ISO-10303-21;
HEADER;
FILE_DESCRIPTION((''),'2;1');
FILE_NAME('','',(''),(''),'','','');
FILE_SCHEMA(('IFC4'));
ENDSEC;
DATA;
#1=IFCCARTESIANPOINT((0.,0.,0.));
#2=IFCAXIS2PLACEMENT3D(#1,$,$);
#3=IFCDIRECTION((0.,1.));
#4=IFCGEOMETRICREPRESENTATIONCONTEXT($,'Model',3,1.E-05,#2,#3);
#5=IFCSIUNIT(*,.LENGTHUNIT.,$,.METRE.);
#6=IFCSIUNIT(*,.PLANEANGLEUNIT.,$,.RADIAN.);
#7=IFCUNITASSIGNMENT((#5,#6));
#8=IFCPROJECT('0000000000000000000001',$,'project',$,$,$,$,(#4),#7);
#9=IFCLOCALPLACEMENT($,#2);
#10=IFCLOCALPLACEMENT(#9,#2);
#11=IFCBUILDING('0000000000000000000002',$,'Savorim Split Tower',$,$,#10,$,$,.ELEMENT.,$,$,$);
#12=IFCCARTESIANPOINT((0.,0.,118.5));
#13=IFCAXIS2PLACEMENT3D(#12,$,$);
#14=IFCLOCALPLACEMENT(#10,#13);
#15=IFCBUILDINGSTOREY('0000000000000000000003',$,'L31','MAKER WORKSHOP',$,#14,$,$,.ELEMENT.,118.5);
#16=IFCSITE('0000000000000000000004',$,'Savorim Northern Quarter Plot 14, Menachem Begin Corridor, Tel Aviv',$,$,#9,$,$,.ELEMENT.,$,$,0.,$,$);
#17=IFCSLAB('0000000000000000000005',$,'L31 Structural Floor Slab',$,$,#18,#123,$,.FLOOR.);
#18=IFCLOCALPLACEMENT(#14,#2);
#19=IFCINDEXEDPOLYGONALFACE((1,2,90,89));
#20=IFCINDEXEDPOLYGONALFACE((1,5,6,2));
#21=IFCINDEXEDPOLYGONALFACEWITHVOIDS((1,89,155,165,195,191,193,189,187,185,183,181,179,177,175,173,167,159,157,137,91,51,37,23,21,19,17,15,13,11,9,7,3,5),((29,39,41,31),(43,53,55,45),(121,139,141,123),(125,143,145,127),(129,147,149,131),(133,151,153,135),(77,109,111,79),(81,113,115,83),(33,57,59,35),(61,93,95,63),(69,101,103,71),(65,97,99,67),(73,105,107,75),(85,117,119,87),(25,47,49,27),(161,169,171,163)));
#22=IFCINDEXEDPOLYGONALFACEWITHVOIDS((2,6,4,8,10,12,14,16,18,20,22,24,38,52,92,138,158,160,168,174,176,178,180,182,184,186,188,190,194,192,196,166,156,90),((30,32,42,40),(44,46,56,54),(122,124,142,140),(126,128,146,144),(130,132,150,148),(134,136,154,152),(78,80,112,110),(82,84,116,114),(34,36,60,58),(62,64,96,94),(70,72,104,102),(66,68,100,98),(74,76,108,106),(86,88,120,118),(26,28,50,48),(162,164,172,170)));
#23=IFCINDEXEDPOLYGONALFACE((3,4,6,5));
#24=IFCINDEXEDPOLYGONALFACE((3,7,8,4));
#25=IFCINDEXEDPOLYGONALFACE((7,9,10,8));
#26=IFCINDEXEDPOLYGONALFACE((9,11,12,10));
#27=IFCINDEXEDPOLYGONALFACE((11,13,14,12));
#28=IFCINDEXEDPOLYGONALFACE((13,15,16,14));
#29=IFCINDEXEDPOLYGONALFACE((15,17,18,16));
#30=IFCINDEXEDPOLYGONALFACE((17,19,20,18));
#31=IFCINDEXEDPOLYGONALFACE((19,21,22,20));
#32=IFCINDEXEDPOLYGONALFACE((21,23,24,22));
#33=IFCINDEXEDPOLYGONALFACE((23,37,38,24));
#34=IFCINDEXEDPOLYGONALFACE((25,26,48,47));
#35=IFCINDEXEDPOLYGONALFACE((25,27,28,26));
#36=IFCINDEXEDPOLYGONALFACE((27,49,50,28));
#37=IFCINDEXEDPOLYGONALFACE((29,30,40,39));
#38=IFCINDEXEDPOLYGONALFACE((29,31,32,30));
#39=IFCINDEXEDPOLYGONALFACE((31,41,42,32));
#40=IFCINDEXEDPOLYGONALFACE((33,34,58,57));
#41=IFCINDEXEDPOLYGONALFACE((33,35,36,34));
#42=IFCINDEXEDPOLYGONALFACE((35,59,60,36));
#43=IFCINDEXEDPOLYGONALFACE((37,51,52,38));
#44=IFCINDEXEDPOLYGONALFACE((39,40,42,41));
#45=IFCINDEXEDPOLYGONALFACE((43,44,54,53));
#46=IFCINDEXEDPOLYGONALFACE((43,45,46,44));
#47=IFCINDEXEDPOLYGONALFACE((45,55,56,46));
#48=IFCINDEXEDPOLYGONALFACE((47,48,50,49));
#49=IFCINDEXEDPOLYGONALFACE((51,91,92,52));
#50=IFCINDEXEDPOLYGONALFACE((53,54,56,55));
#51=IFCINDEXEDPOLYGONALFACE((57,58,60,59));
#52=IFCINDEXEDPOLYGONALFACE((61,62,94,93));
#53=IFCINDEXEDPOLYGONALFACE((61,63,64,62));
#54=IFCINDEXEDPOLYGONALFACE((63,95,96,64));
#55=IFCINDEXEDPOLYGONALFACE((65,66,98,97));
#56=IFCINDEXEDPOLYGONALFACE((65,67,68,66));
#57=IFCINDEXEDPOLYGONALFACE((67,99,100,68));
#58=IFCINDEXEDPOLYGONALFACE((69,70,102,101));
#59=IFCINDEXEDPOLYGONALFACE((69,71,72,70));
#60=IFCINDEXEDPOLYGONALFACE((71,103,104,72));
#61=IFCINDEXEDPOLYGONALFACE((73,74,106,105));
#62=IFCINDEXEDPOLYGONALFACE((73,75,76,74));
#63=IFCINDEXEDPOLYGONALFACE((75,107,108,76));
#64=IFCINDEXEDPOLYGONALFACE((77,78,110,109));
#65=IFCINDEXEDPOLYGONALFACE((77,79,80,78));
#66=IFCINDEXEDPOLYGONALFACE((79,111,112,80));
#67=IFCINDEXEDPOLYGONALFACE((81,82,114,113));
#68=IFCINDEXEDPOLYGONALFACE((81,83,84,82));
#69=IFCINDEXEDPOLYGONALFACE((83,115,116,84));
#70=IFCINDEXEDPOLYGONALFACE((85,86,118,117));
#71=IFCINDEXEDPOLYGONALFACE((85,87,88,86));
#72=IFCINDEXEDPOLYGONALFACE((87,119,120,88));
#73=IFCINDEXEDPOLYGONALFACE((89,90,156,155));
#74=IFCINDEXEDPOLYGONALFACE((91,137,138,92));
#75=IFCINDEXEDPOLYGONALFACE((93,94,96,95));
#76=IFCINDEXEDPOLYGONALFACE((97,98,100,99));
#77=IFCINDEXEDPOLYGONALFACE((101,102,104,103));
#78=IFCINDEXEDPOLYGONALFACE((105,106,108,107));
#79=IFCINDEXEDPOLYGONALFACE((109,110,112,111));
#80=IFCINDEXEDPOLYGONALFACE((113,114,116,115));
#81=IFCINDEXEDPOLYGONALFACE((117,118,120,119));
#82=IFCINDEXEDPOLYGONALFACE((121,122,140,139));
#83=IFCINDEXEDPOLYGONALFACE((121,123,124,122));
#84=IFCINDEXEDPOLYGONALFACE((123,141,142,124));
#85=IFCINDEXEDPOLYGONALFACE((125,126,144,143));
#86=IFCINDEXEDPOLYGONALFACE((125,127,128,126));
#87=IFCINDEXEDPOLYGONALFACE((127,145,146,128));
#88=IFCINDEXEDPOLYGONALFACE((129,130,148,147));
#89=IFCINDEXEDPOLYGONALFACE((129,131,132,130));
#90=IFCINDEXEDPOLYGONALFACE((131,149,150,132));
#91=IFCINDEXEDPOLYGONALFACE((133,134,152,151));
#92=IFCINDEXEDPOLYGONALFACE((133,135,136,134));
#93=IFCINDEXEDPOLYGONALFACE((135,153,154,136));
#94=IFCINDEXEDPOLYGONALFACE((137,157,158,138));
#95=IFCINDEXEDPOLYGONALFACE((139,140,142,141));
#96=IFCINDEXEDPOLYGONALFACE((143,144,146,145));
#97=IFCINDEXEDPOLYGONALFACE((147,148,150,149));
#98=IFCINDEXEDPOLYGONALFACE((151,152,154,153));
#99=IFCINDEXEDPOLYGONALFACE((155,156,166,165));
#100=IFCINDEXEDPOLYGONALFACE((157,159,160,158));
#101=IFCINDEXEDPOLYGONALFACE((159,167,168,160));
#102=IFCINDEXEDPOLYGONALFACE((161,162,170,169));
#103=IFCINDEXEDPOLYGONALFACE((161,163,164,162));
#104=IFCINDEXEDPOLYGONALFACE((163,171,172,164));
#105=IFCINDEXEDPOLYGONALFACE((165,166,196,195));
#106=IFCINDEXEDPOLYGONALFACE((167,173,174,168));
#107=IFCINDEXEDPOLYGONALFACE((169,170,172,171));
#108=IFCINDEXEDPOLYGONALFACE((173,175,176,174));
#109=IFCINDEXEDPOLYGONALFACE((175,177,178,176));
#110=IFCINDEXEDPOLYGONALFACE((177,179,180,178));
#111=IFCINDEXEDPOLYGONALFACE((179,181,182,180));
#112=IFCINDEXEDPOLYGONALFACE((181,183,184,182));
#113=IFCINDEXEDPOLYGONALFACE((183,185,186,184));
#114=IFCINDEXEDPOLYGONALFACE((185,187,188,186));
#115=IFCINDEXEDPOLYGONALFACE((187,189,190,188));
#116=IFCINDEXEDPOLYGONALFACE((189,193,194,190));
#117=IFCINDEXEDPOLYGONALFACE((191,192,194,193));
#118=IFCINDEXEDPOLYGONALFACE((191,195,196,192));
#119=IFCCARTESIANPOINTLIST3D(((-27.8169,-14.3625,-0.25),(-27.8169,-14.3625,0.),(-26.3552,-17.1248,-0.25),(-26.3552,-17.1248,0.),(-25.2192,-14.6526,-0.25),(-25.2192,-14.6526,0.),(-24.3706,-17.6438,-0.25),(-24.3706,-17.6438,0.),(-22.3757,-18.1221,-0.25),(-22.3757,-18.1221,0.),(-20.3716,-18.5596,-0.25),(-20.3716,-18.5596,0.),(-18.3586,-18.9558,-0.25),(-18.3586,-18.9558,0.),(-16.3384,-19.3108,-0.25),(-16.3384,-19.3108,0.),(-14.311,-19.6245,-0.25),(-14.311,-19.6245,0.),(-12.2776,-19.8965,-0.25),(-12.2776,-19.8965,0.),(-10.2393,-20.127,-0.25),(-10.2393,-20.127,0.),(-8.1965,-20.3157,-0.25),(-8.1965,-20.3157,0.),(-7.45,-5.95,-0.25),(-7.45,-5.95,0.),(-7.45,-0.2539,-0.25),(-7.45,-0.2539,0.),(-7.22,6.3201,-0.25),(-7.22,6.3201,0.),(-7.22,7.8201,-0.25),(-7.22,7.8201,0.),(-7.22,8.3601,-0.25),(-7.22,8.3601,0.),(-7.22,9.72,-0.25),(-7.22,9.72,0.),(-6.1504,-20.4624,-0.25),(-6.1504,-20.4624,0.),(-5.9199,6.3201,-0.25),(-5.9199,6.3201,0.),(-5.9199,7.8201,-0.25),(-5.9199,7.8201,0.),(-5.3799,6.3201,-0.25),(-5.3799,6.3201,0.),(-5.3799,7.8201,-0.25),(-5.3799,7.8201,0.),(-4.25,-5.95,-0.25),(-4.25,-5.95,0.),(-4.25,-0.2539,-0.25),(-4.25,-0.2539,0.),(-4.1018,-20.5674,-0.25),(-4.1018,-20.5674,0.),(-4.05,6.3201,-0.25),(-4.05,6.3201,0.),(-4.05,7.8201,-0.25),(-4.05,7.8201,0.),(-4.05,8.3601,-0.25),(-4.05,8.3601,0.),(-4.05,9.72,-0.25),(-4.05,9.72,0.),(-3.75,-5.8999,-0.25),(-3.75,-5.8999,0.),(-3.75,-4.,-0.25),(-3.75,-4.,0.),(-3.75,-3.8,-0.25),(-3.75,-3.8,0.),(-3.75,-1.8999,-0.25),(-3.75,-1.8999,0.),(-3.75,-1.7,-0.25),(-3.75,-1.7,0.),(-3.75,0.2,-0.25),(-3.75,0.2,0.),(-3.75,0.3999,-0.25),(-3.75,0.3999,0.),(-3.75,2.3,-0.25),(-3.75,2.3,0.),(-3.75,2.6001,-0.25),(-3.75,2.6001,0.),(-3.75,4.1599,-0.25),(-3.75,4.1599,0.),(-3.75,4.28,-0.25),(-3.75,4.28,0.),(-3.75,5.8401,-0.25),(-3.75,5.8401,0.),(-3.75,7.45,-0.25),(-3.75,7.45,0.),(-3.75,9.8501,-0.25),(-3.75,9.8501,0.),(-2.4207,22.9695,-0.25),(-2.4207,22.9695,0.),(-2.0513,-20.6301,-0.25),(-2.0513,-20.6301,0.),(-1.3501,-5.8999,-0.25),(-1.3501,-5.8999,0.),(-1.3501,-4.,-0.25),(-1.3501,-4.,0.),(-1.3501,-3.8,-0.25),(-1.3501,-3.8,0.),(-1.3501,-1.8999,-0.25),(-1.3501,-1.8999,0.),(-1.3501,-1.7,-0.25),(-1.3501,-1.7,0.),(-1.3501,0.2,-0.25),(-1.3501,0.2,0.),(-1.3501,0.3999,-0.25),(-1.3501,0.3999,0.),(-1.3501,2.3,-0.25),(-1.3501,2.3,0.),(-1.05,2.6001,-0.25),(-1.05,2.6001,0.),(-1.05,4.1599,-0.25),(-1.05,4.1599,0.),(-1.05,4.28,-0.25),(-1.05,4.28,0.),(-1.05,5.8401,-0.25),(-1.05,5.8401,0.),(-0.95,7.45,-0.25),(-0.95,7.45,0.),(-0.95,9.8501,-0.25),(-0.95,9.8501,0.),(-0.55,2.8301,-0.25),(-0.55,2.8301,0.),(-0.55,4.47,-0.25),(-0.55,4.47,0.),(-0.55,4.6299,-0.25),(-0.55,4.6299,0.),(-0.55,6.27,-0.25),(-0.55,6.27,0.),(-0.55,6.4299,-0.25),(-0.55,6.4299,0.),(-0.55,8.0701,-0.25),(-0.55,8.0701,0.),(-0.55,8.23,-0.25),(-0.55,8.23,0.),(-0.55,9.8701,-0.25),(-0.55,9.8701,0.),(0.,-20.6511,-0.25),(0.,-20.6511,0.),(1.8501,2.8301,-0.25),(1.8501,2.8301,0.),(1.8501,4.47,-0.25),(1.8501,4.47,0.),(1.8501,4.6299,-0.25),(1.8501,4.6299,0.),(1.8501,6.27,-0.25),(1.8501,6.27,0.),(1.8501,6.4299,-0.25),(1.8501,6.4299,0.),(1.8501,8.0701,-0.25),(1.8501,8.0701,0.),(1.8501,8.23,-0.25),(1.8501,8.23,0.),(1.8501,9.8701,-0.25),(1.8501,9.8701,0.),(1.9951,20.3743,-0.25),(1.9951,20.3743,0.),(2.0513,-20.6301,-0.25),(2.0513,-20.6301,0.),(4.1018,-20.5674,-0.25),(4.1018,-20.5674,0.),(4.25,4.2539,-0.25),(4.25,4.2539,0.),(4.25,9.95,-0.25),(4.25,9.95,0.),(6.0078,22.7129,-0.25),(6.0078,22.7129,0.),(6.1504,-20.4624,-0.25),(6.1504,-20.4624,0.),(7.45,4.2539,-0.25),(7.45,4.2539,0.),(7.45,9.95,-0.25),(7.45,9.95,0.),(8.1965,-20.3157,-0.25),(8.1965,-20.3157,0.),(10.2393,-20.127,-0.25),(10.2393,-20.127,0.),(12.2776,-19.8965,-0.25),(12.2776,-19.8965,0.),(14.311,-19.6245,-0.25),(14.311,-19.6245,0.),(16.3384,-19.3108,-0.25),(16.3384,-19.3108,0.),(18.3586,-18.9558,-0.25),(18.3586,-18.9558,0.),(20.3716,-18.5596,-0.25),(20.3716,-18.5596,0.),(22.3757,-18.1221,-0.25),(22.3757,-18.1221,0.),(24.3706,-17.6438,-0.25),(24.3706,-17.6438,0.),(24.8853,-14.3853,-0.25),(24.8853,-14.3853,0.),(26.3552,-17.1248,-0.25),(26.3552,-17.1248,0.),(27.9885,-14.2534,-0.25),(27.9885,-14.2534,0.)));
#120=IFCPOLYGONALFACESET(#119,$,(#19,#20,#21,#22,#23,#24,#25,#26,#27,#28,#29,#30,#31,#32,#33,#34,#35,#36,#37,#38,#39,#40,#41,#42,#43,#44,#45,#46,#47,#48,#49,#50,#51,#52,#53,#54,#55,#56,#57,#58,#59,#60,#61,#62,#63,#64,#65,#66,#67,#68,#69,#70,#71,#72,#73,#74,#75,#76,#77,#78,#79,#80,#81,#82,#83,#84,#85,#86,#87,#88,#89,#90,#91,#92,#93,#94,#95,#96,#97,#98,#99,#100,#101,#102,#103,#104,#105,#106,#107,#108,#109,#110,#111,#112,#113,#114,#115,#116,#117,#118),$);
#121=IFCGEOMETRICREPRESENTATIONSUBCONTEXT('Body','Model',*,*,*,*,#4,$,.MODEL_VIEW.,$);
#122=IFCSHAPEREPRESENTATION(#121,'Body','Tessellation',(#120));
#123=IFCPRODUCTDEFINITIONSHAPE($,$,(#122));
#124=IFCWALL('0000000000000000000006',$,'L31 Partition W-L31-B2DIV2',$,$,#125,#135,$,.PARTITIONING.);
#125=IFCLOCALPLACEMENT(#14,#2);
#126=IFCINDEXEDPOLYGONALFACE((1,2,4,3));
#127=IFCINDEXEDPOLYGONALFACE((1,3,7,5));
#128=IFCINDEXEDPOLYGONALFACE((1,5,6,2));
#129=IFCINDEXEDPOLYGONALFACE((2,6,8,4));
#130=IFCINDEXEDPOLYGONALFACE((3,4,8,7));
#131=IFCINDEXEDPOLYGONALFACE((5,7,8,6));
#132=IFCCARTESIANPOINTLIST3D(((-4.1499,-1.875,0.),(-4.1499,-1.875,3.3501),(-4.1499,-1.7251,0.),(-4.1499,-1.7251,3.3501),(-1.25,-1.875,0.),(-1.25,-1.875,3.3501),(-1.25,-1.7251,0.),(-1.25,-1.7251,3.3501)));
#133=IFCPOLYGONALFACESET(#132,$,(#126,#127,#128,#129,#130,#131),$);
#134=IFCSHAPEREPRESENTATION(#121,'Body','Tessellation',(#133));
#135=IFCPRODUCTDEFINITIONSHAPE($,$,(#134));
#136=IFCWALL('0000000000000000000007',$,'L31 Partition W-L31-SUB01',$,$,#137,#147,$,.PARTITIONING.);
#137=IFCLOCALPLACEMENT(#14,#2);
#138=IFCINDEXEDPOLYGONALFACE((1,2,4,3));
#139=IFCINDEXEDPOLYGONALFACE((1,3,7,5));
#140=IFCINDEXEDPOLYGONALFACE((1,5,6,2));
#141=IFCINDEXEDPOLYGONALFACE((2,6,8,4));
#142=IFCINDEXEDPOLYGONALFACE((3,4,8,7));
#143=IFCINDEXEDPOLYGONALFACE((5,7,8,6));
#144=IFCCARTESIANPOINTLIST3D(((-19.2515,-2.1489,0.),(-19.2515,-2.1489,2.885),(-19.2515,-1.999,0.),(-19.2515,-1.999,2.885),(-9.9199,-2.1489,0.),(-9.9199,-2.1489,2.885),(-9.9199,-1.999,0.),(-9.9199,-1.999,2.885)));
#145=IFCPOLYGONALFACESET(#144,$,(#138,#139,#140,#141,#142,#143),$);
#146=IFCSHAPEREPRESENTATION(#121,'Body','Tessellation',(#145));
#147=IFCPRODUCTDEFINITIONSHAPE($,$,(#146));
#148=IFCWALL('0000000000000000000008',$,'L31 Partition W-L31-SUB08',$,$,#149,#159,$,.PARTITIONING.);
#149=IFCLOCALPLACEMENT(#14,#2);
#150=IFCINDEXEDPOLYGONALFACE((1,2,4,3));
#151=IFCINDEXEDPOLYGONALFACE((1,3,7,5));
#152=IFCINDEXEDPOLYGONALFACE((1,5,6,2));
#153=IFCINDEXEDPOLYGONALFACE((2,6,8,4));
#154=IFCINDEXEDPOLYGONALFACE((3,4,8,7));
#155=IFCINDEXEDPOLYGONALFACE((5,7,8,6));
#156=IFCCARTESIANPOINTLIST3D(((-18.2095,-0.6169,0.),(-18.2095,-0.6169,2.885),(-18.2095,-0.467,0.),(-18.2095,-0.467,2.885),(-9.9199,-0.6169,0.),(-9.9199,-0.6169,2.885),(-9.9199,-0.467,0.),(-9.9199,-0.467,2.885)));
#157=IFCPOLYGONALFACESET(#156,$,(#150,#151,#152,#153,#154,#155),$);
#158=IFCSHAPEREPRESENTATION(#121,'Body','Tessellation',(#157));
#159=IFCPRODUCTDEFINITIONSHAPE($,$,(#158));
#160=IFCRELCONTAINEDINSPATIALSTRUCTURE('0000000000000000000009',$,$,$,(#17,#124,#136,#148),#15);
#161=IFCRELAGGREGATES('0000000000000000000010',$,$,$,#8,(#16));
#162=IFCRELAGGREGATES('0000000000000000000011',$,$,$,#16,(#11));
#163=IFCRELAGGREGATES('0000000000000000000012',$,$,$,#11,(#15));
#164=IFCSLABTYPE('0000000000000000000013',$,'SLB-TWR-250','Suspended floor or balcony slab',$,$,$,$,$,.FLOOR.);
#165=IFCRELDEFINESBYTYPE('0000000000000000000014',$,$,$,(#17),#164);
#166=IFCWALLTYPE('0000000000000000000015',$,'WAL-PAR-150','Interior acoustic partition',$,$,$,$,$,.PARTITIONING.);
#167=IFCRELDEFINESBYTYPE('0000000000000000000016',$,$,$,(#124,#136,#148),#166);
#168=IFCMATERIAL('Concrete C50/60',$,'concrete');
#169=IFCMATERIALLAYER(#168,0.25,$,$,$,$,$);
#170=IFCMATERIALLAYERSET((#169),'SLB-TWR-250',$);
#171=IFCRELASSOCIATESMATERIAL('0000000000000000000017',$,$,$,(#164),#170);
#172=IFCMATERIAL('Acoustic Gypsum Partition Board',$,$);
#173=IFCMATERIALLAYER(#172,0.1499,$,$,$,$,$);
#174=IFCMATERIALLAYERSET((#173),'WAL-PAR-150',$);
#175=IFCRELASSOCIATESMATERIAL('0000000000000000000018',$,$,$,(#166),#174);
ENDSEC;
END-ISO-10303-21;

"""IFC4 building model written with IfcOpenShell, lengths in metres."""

from ifc_helpers import new_model, si_unit, direction, frame, frame_2d, origin, place, context, subcontext, project, spatial, polyline, rectangle, outline, extrude, material, layer, layer_set, type_object, element, save


model = new_model("IFC4")

# Units and contexts
model_context = context("Model", 3, precision=1e-05, world=origin(), true_north=direction((0.0, 1.0)))
body_context = subcontext(model_context, "Body", "Model", "MODEL_VIEW")
ifc_project = project(units=[si_unit("LENGTHUNIT", "METRE"), si_unit("PLANEANGLEUNIT", "RADIAN")], contexts=[model_context])

# Site, building, storey
site_placement = place(None, origin())
site = spatial("IfcSite", under=ifc_project, at=site_placement, Name="Savorim Northern Quarter Plot 14, Menachem Begin Corridor, Tel Aviv", CompositionType="ELEMENT", RefElevation=0.0)
building_placement = place(site_placement, origin())
building = spatial("IfcBuilding", under=site, at=building_placement, Name="Savorim Split Tower", CompositionType="ELEMENT")
storey_placement = place(building_placement, frame((0.0, 0.0, 118.5)))
storey = spatial("IfcBuildingStorey", under=building, at=storey_placement, Name="L31", Description="MAKER WORKSHOP", CompositionType="ELEMENT", Elevation=118.5)

# Slab
ifc_material_1 = material(Name="Concrete C50/60", Category="concrete")
ifc_layer_1 = layer(ifc_material_1, 0.25)
ifc_layer_set_1 = layer_set([ifc_layer_1], Name="SLB-TWR-250")
slab_type_1 = type_object("IfcSlabType", Name="SLB-TWR-250", Description="Suspended floor or balcony slab", PredefinedType="FLOOR", material=ifc_layer_set_1)
slab_1_placement = place(storey_placement, frame((0.0, 0.0, -0.25)))
element("IfcSlab", 1, at=slab_1_placement, inside=storey, type_object=slab_type_1, Name="L31 Structural Floor Slab", PredefinedType="FLOOR", context=body_context, shape_type="SweptSolid", body=[
    extrude(outline(polyline([(-26.3552, -17.1248), (-24.3706, -17.6438), (-22.3757, -18.1221), (-20.3716, -18.5596), (-18.3586, -18.9558), (-16.3384, -19.3108), (-14.311, -19.6245), (-12.2776, -19.8965), (-10.2393, -20.127), (-8.1965, -20.3157), (-6.1504, -20.4624), (-4.1018, -20.5674), (-2.0513, -20.6301), (0.0, -20.6511), (2.0513, -20.6301), (4.1018, -20.5674), (6.1504, -20.4624), (8.1965, -20.3157), (10.2393, -20.127), (12.2776, -19.8965), (14.311, -19.6245), (16.3384, -19.3108), (18.3586, -18.9558), (20.3716, -18.5596), (22.3757, -18.1221), (24.3706, -17.6438), (26.3552, -17.1248), (24.8853, -14.3853), (27.9885, -14.2534), (6.0078, 22.7129), (1.9951, 20.3743), (-2.4207, 22.9695), (-27.8169, -14.3625), (-25.2192, -14.6526), (-26.3552, -17.1248)]), holes=[polyline([(-7.45, -0.2539), (-7.45, -5.95), (-4.25, -5.95), (-4.25, -0.2539), (-7.45, -0.2539)]), polyline([(7.45, 4.2539), (7.45, 9.95), (4.25, 9.95), (4.25, 4.2539), (7.45, 4.2539)]), polyline([(-3.75, -5.8999), (-1.3501, -5.8999), (-1.3501, -4.0), (-3.75, -4.0), (-3.75, -5.8999)]), polyline([(-3.75, -3.8), (-1.3501, -3.8), (-1.3501, -1.8999), (-3.75, -1.8999), (-3.75, -3.8)]), polyline([(-3.75, -1.7), (-1.3501, -1.7), (-1.3501, 0.2), (-3.75, 0.2), (-3.75, -1.7)]), polyline([(-3.75, 0.3999), (-1.3501, 0.3999), (-1.3501, 2.3), (-3.75, 2.3), (-3.75, 0.3999)]), polyline([(-0.55, 2.8301), (1.8501, 2.8301), (1.8501, 4.47), (-0.55, 4.47), (-0.55, 2.8301)]), polyline([(-0.55, 4.6299), (1.8501, 4.6299), (1.8501, 6.27), (-0.55, 6.27), (-0.55, 4.6299)]), polyline([(-0.55, 6.4299), (1.8501, 6.4299), (1.8501, 8.0701), (-0.55, 8.0701), (-0.55, 6.4299)]), polyline([(-0.55, 8.23), (1.8501, 8.23), (1.8501, 9.8701), (-0.55, 9.8701), (-0.55, 8.23)]), polyline([(-3.75, 2.6001), (-1.05, 2.6001), (-1.05, 4.1599), (-3.75, 4.1599), (-3.75, 2.6001)]), polyline([(-3.75, 4.28), (-1.05, 4.28), (-1.05, 5.8401), (-3.75, 5.8401), (-3.75, 4.28)]), polyline([(-3.75, 7.45), (-0.95, 7.45), (-0.95, 9.8501), (-3.75, 9.8501), (-3.75, 7.45)]), polyline([(-7.22, 6.3201), (-5.9199, 6.3201), (-5.9199, 7.8201), (-7.22, 7.8201), (-7.22, 6.3201)]), polyline([(-5.3799, 6.3201), (-4.05, 6.3201), (-4.05, 7.8201), (-5.3799, 7.8201), (-5.3799, 6.3201)]), polyline([(-7.22, 8.3601), (-4.05, 8.3601), (-4.05, 9.72), (-7.22, 9.72), (-7.22, 8.3601)])]), origin(), (0.0, 0.0, 1.0), 0.25),
])

# Walls
ifc_material_2 = material(Name="Acoustic Gypsum Partition Board")
ifc_layer_2 = layer(ifc_material_2, 0.1499)
ifc_layer_set_2 = layer_set([ifc_layer_2], Name="WAL-PAR-150")
wall_type = type_object("IfcWallType", Name="WAL-PAR-150", Description="Interior acoustic partition", PredefinedType="PARTITIONING", material=ifc_layer_set_2)
wall_1_placement = place(storey_placement, frame((-4.1499, -1.8, 0.0), z_axis=(0.0, 0.0, 1.0), x_axis=(1.0, 0.0, 0.0)))
element("IfcWall", 2, at=wall_1_placement, inside=storey, type_object=wall_type, Name="L31 Partition W-L31-B2DIV2", PredefinedType="PARTITIONING", context=body_context, shape_type="SweptSolid", body=[
    extrude(rectangle(XDim=2.8999, YDim=0.1499, at=frame_2d((1.45, 0.0))), origin(), (0.0, 0.0, 1.0), 3.3501),
])
wall_2_placement = place(storey_placement, frame((-9.9199, -2.074, 0.0), z_axis=(0.0, 0.0, 1.0), x_axis=(-1.0, 0.0, 0.0)))
element("IfcWall", 3, at=wall_2_placement, inside=storey, type_object=wall_type, Name="L31 Partition W-L31-SUB01", PredefinedType="PARTITIONING", context=body_context, shape_type="SweptSolid", body=[
    extrude(rectangle(XDim=9.3315, YDim=0.1499, at=frame_2d((4.6658, 0.0))), origin(), (0.0, 0.0, 1.0), 2.885),
])
wall_3_placement = place(storey_placement, frame((-9.9199, -0.542, 0.0), z_axis=(0.0, 0.0, 1.0), x_axis=(-1.0, 0.0, 0.0)))
element("IfcWall", 4, at=wall_3_placement, inside=storey, type_object=wall_type, Name="L31 Partition W-L31-SUB08", PredefinedType="PARTITIONING", context=body_context, shape_type="SweptSolid", body=[
    extrude(rectangle(XDim=8.2896, YDim=0.1499, at=frame_2d((4.1448, 0.0))), origin(), (0.0, 0.0, 1.0), 2.885),
])

save(model, "model.ifc")
